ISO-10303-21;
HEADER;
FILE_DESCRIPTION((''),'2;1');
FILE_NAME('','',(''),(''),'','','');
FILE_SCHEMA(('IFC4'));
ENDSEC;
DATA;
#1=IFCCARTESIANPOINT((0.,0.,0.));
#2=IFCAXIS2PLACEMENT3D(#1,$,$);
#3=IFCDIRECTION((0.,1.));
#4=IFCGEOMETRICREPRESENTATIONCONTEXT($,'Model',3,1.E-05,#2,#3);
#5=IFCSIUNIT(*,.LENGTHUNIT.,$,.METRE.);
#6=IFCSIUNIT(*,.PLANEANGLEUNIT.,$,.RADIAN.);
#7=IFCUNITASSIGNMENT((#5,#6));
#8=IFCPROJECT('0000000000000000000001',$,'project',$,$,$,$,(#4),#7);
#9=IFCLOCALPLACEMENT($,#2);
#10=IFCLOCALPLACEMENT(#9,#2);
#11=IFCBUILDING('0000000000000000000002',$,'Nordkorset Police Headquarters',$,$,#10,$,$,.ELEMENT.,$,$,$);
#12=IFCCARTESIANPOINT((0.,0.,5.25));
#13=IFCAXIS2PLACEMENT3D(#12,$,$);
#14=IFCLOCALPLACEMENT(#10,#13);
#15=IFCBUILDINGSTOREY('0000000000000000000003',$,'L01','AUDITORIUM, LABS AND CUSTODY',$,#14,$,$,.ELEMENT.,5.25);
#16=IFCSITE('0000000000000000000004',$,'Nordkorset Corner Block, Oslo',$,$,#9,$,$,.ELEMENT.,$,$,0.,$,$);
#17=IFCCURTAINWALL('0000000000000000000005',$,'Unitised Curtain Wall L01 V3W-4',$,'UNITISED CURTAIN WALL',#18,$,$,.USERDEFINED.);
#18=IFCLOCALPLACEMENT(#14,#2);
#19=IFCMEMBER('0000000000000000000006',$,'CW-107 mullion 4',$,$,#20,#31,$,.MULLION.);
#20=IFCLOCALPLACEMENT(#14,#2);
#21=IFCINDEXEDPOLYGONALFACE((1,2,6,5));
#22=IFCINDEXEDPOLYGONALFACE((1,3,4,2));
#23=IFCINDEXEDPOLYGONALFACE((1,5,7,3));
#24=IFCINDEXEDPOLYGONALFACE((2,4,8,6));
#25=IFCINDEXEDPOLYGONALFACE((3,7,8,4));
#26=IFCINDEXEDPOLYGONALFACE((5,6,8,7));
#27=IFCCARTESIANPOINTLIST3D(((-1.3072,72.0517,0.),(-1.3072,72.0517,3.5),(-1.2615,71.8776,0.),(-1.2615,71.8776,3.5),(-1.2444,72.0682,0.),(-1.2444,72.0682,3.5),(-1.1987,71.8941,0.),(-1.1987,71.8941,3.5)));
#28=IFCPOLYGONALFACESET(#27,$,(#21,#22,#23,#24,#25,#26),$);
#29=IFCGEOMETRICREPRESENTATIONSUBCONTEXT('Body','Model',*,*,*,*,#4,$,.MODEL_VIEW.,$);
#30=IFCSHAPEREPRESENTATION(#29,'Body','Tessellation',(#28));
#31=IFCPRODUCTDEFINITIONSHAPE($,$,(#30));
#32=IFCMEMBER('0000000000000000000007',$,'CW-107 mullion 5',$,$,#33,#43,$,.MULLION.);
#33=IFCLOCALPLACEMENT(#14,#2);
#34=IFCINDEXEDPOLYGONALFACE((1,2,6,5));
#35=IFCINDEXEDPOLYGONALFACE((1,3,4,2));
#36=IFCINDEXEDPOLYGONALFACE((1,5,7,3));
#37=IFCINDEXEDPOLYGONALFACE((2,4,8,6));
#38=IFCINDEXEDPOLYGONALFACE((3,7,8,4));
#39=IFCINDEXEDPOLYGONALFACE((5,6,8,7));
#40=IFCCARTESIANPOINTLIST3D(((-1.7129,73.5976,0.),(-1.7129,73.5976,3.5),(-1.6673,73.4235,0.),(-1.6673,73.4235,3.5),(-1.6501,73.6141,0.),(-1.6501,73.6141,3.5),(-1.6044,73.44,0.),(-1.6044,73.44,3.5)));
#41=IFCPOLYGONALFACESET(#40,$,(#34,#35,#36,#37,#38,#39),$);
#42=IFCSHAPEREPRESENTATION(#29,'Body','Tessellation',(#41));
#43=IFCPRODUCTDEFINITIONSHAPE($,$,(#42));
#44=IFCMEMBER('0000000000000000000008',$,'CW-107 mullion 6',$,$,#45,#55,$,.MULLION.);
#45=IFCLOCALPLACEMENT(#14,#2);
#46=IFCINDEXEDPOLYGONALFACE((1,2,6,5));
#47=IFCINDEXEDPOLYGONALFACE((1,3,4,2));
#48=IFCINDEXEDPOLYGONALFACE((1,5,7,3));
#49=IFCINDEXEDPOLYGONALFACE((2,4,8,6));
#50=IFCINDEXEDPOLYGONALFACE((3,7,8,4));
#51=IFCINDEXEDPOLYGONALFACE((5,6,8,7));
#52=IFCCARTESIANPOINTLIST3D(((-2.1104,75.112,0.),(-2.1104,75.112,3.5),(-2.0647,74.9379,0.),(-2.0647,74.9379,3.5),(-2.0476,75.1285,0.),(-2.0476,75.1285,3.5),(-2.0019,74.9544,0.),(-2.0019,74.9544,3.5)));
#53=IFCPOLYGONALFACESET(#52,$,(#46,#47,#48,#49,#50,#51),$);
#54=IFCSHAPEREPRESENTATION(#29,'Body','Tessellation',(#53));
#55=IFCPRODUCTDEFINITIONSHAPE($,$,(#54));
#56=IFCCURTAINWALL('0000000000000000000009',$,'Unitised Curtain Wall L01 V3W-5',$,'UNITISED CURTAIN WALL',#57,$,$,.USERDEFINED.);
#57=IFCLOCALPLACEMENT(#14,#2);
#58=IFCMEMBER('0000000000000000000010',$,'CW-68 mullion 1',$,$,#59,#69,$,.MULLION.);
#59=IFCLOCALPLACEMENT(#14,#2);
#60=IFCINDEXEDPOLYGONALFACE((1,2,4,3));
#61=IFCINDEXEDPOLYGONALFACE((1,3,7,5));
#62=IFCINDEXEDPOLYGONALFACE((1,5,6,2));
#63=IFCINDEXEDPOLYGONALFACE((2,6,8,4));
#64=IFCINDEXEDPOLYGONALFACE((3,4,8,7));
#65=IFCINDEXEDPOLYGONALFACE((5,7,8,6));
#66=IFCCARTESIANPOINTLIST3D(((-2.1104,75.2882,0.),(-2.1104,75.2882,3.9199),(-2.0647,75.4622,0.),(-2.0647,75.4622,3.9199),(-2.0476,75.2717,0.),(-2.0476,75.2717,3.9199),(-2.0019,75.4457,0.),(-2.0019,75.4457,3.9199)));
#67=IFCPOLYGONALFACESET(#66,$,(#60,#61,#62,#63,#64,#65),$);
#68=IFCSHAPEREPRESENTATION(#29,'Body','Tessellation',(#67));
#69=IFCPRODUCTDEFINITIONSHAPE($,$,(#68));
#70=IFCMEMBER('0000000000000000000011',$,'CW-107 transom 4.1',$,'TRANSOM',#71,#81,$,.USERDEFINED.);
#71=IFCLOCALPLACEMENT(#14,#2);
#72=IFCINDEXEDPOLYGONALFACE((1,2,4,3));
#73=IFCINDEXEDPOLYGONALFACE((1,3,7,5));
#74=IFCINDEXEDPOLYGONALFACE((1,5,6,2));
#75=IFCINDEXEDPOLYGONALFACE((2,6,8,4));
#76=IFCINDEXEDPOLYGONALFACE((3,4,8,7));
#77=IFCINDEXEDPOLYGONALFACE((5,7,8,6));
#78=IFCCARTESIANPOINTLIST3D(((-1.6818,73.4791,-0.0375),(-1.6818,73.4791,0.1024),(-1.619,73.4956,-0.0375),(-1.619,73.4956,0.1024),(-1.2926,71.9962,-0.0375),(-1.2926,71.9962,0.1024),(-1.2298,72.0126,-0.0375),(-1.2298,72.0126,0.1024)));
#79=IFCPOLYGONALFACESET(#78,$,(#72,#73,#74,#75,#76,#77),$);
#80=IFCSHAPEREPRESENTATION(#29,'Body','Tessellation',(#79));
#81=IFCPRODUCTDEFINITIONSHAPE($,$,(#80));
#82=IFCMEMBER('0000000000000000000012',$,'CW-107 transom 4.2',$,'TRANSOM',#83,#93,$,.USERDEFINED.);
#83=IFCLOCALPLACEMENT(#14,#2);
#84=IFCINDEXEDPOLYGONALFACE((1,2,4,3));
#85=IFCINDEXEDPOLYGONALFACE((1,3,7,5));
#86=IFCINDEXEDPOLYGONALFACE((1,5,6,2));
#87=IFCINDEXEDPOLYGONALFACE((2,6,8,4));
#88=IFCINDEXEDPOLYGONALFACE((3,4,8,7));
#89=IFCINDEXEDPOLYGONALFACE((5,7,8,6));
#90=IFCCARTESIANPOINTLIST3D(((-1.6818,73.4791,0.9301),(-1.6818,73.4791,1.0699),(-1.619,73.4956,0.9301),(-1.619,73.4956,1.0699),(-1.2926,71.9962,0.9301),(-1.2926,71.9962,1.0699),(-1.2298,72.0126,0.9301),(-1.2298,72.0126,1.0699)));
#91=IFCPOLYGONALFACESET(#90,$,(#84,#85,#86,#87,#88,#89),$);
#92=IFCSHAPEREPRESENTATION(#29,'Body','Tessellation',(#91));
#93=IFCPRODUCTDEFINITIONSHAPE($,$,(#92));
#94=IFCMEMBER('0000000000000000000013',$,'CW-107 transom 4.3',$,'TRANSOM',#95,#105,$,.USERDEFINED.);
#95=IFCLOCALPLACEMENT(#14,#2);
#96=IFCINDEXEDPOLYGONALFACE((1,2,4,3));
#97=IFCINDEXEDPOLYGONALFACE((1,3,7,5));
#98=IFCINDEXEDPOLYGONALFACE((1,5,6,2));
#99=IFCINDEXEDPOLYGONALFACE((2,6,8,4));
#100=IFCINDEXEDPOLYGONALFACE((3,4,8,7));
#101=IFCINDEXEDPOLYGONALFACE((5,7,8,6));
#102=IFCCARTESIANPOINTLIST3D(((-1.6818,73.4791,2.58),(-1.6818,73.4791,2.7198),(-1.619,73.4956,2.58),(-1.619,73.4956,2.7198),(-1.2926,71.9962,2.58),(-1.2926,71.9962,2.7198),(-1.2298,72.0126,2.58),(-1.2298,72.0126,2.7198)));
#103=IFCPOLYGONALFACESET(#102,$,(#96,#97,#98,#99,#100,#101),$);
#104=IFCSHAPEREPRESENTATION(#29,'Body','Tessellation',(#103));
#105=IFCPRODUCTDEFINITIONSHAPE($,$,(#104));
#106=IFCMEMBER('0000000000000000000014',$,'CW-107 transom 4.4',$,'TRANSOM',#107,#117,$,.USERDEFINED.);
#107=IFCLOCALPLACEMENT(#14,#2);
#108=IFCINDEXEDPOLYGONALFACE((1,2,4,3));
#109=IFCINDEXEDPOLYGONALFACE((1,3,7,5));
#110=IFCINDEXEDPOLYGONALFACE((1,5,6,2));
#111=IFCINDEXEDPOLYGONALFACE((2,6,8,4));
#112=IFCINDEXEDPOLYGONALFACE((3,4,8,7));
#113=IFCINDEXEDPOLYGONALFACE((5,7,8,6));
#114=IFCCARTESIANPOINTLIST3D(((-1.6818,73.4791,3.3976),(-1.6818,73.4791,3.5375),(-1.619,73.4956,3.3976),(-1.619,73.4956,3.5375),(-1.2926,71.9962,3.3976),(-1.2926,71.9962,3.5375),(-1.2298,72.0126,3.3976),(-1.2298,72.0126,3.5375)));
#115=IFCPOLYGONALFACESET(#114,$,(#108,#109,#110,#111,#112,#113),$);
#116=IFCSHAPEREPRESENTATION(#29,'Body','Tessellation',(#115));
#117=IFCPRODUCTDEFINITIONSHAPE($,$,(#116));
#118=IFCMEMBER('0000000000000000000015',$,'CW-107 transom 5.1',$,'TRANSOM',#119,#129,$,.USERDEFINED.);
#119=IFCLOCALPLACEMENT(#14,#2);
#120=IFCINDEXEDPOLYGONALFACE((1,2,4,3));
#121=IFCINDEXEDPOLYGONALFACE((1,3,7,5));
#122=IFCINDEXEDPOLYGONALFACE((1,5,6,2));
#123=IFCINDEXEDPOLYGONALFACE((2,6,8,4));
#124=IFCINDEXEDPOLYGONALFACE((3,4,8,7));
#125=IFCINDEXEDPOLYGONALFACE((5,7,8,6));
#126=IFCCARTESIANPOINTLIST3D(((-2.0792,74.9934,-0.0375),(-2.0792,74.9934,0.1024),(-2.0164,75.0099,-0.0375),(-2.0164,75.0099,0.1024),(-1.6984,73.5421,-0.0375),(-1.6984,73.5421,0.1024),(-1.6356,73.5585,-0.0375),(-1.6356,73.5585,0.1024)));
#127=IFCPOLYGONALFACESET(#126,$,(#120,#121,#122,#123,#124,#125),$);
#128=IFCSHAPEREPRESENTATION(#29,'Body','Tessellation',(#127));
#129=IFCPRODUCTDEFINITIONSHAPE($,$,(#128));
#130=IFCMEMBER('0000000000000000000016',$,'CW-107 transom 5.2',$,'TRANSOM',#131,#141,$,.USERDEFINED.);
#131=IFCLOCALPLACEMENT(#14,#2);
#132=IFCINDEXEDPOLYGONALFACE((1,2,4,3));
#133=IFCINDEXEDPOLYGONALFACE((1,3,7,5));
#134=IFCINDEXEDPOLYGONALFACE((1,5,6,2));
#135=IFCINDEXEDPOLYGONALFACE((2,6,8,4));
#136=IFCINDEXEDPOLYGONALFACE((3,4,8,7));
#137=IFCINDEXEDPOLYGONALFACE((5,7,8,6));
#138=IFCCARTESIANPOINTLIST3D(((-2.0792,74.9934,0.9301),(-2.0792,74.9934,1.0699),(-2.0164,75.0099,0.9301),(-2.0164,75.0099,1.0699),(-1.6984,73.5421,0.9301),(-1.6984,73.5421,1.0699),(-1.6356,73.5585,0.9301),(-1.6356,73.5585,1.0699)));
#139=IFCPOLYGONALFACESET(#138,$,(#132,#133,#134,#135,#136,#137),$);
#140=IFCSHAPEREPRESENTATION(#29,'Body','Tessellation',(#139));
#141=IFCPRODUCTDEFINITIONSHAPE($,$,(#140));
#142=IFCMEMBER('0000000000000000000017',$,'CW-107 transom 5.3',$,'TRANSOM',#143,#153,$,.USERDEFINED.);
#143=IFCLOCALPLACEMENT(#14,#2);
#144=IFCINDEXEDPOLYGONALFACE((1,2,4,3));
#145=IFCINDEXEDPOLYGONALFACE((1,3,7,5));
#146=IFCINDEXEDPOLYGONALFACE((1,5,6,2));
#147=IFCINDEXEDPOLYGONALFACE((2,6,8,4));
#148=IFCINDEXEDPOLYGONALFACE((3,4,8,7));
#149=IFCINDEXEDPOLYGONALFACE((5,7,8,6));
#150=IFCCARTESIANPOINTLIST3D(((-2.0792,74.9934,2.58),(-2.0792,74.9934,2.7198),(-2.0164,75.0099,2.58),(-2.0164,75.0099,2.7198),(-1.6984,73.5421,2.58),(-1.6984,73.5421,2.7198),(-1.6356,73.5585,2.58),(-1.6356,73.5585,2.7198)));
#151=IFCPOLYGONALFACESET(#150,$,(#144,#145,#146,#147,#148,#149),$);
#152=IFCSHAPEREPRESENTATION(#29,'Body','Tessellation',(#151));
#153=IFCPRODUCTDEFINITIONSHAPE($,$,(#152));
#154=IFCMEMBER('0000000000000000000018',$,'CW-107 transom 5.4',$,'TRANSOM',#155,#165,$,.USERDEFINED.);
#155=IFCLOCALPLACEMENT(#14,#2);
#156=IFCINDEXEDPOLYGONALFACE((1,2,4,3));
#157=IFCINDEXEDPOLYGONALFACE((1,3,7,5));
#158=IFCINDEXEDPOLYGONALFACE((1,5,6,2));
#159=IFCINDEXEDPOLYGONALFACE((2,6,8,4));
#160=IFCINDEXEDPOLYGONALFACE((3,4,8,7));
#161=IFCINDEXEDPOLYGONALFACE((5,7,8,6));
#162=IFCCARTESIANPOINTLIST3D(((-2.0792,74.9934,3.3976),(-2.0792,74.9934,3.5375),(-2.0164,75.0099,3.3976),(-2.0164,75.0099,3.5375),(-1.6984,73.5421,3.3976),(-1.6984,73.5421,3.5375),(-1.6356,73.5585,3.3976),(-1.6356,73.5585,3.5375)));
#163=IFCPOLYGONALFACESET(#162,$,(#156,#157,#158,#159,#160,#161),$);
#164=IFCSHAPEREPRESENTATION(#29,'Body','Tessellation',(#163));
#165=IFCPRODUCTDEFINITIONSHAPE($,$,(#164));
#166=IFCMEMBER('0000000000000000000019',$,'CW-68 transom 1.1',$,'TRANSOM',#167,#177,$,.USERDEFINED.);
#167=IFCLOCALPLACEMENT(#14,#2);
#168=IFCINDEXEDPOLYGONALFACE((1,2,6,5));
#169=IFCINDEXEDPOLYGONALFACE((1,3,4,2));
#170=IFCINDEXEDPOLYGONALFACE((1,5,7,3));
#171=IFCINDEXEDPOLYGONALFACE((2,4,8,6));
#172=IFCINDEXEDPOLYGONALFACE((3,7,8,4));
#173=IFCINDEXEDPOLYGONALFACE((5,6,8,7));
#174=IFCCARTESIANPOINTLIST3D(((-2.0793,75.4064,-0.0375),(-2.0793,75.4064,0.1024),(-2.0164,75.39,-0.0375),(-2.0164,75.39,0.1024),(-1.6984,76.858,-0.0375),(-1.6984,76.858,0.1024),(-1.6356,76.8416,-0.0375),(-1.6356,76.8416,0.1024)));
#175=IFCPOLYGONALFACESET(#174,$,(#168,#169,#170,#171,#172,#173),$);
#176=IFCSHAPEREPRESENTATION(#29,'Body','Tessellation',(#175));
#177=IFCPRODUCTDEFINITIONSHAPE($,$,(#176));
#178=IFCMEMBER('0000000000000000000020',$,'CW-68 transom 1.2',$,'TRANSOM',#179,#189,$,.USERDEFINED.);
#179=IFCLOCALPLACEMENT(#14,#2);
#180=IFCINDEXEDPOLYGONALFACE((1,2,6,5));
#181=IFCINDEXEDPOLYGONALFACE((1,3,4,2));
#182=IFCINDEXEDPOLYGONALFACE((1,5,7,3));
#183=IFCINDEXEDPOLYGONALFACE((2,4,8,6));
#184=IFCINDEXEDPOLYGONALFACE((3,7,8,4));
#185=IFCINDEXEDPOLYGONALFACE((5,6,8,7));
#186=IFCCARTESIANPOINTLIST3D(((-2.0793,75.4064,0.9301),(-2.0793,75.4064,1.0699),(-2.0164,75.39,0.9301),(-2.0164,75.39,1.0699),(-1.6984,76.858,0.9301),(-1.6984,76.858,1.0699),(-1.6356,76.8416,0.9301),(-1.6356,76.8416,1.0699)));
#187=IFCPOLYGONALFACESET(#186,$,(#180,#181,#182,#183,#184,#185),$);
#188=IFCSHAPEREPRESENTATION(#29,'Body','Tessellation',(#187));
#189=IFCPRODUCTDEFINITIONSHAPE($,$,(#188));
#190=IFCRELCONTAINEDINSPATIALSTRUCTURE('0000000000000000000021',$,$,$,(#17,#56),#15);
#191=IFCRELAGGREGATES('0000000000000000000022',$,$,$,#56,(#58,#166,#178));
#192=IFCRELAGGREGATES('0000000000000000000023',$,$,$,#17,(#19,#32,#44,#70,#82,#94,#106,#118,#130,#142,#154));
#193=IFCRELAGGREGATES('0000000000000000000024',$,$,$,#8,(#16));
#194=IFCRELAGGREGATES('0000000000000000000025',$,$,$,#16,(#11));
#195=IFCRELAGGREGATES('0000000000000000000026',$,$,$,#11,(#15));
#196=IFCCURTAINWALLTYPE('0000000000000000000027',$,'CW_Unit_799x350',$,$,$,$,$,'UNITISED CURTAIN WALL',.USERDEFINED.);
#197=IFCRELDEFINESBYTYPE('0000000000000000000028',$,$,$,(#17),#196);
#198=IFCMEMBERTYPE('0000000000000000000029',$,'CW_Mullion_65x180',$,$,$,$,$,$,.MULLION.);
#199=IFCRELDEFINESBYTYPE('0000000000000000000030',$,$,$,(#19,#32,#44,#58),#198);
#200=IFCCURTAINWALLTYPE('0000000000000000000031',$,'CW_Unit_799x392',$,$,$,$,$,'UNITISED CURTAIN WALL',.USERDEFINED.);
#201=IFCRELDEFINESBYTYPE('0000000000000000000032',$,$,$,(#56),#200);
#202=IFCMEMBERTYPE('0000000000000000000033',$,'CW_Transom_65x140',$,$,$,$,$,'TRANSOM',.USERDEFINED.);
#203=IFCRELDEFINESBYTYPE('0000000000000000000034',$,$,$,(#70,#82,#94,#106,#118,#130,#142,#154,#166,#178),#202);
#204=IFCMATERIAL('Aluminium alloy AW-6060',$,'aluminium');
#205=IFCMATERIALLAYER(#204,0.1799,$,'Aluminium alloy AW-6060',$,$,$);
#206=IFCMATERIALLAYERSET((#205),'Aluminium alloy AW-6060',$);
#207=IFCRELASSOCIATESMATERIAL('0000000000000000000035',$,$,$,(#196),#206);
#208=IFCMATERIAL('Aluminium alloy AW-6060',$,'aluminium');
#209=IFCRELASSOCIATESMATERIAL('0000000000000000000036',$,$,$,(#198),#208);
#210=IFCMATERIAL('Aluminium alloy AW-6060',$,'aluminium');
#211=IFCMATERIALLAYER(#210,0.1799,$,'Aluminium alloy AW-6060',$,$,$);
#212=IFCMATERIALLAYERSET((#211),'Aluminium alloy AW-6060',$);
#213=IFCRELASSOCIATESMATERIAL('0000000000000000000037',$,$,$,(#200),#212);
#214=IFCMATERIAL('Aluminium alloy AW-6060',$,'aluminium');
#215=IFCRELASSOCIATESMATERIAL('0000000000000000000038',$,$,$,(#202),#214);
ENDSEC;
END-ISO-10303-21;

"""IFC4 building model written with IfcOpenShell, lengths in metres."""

from ifc_helpers import new_model, si_unit, direction, frame, origin, origin_2d, place, context, subcontext, project, spatial, rectangle, extrude, material, layer, layer_set, material_profile, profile_set, type_object, element, aggregate, save


model = new_model("IFC4")

# Units and contexts
model_context = context("Model", 3, precision=1e-05, world=origin(), true_north=direction((0.0, 1.0)))
body_context = subcontext(model_context, "Body", "Model", "MODEL_VIEW")
ifc_project = project(units=[si_unit("LENGTHUNIT", "METRE"), si_unit("PLANEANGLEUNIT", "RADIAN")], contexts=[model_context])

# Site, building, storey
site_placement = place(None, origin())
site = spatial("IfcSite", under=ifc_project, at=site_placement, Name="Nordkorset Corner Block, Oslo", CompositionType="ELEMENT", RefElevation=0.0)
building_placement = place(site_placement, origin())
building = spatial("IfcBuilding", under=site, at=building_placement, Name="Nordkorset Police Headquarters", CompositionType="ELEMENT")
storey_placement = place(building_placement, frame((0.0, 0.0, 5.25)))
storey = spatial("IfcBuildingStorey", under=building, at=storey_placement, Name="L01", Description="AUDITORIUM, LABS AND CUSTODY", CompositionType="ELEMENT", Elevation=5.25)

# Curtain wall, members
ifc_material_1 = material(Name="Aluminium alloy AW-6060", Category="aluminium")
ifc_layer_1 = layer(ifc_material_1, 0.1799, Name="Aluminium alloy AW-6060")
ifc_layer_set_1 = layer_set([ifc_layer_1], Name="Aluminium alloy AW-6060")
curtain_wall_type_1 = type_object("IfcCurtainWallType", Name="CW_Unit_799x350", ElementType="UNITISED CURTAIN WALL", PredefinedType="USERDEFINED", material=ifc_layer_set_1)
curtain_wall_1_placement = place(storey_placement, origin())
curtain_wall_1 = element("IfcCurtainWall", 1, at=curtain_wall_1_placement, inside=storey, type_object=curtain_wall_type_1, Name="Unitised Curtain Wall L01 V3W-4", ObjectType="UNITISED CURTAIN WALL", PredefinedType="USERDEFINED")
ifc_material_2 = material(Name="Aluminium alloy AW-6060", Category="aluminium")
ifc_material_profile_1 = material_profile(ifc_material_2, rectangle(XDim=0.0649, YDim=0.1799, at=origin_2d()), Name="ALU MULL 65x180")
ifc_profile_set_1 = profile_set([ifc_material_profile_1], Name="Aluminium alloy AW-6060")
member_type_1 = type_object("IfcMemberType", Name="CW_Mullion_65x180", PredefinedType="MULLION", material=ifc_profile_set_1)
member_1_placement = place(storey_placement, frame((-1.2529, 71.9729, 0.0), z_axis=(0.0, 0.0, 1.0), x_axis=(-0.967231, -0.253897, 0.0)))
member_1 = element("IfcMember", 2, at=member_1_placement, type_object=member_type_1, Name="CW-107 mullion 4", PredefinedType="MULLION", context=body_context, shape_type="SweptSolid", body=[
    extrude(rectangle(XDim=0.0649, YDim=0.1799, at=origin_2d()), origin(), (0.0, 0.0, 1.0), 3.5),
])
member_2_placement = place(storey_placement, frame((-1.6587, 73.5188, 0.0), z_axis=(0.0, 0.0, 1.0), x_axis=(-0.967231, -0.253897, 0.0)))
member_2 = element("IfcMember", 3, at=member_2_placement, type_object=member_type_1, Name="CW-107 mullion 5", PredefinedType="MULLION", context=body_context, shape_type="SweptSolid", body=[
    extrude(rectangle(XDim=0.0649, YDim=0.1799, at=origin_2d()), origin(), (0.0, 0.0, 1.0), 3.5),
])
member_3_placement = place(storey_placement, frame((-2.0562, 75.0332, 0.0), z_axis=(0.0, 0.0, 1.0), x_axis=(-0.967231, -0.253897, 0.0)))
member_3 = element("IfcMember", 4, at=member_3_placement, type_object=member_type_1, Name="CW-107 mullion 6", PredefinedType="MULLION", context=body_context, shape_type="SweptSolid", body=[
    extrude(rectangle(XDim=0.0649, YDim=0.1799, at=origin_2d()), origin(), (0.0, 0.0, 1.0), 3.5),
])

# Curtain wall, member
ifc_material_3 = material(Name="Aluminium alloy AW-6060", Category="aluminium")
ifc_layer_2 = layer(ifc_material_3, 0.1799, Name="Aluminium alloy AW-6060")
ifc_layer_set_2 = layer_set([ifc_layer_2], Name="Aluminium alloy AW-6060")
curtain_wall_type_2 = type_object("IfcCurtainWallType", Name="CW_Unit_799x392", ElementType="UNITISED CURTAIN WALL", PredefinedType="USERDEFINED", material=ifc_layer_set_2)
curtain_wall_2_placement = place(storey_placement, origin())
curtain_wall_2 = element("IfcCurtainWall", 5, at=curtain_wall_2_placement, inside=storey, type_object=curtain_wall_type_2, Name="Unitised Curtain Wall L01 V3W-5", ObjectType="UNITISED CURTAIN WALL", PredefinedType="USERDEFINED")
member_4_placement = place(storey_placement, frame((-2.0562, 75.3669, 0.0), z_axis=(0.0, 0.0, 1.0), x_axis=(-0.967231, 0.253897, 0.0)))
member_4 = element("IfcMember", 6, at=member_4_placement, type_object=member_type_1, Name="CW-68 mullion 1", PredefinedType="MULLION", context=body_context, shape_type="SweptSolid", body=[
    extrude(rectangle(XDim=0.0649, YDim=0.1799, at=origin_2d()), origin(), (0.0, 0.0, 1.0), 3.9199),
])

# Members
ifc_material_4 = material(Name="Aluminium alloy AW-6060", Category="aluminium")
ifc_material_profile_2 = material_profile(ifc_material_4, rectangle(XDim=0.0649, YDim=0.1399, at=origin_2d()), Name="ALU TRAN 65x140")
ifc_profile_set_2 = profile_set([ifc_material_profile_2], Name="Aluminium alloy AW-6060")
member_type_2 = type_object("IfcMemberType", Name="CW_Transom_65x140", ElementType="TRANSOM", PredefinedType="USERDEFINED", material=ifc_profile_set_2)
member_5_placement = place(storey_placement, frame((-1.2612, 72.0044, 0.0325), z_axis=(-0.253835, 0.967248, 0.0), x_axis=(-0.967248, -0.253835, 0.0)))
member_5 = element("IfcMember", 7, at=member_5_placement, type_object=member_type_2, Name="CW-107 transom 4.1", ObjectType="TRANSOM", PredefinedType="USERDEFINED", context=body_context, shape_type="SweptSolid", body=[
    extrude(rectangle(XDim=0.0649, YDim=0.1399, at=origin_2d()), origin(), (0.0, 0.0, 1.0), 1.5332),
])
member_6_placement = place(storey_placement, frame((-1.2612, 72.0044, 1.0), z_axis=(-0.253835, 0.967248, 0.0), x_axis=(-0.967248, -0.253835, 0.0)))
member_6 = element("IfcMember", 8, at=member_6_placement, type_object=member_type_2, Name="CW-107 transom 4.2", ObjectType="TRANSOM", PredefinedType="USERDEFINED", context=body_context, shape_type="SweptSolid", body=[
    extrude(rectangle(XDim=0.0649, YDim=0.1399, at=origin_2d()), origin(), (0.0, 0.0, 1.0), 1.5332),
])
member_7_placement = place(storey_placement, frame((-1.2612, 72.0044, 2.6499), z_axis=(-0.253835, 0.967248, 0.0), x_axis=(-0.967248, -0.253835, 0.0)))
member_7 = element("IfcMember", 9, at=member_7_placement, type_object=member_type_2, Name="CW-107 transom 4.3", ObjectType="TRANSOM", PredefinedType="USERDEFINED", context=body_context, shape_type="SweptSolid", body=[
    extrude(rectangle(XDim=0.0649, YDim=0.1399, at=origin_2d()), origin(), (0.0, 0.0, 1.0), 1.5332),
])
member_8_placement = place(storey_placement, frame((-1.2612, 72.0044, 3.4675), z_axis=(-0.253835, 0.967248, 0.0), x_axis=(-0.967248, -0.253835, 0.0)))
member_8 = element("IfcMember", 10, at=member_8_placement, type_object=member_type_2, Name="CW-107 transom 4.4", ObjectType="TRANSOM", PredefinedType="USERDEFINED", context=body_context, shape_type="SweptSolid", body=[
    extrude(rectangle(XDim=0.0649, YDim=0.1399, at=origin_2d()), origin(), (0.0, 0.0, 1.0), 1.5332),
])
member_9_placement = place(storey_placement, frame((-1.667, 73.5503, 0.0325), z_axis=(-0.253813, 0.967253, 0.0), x_axis=(-0.967253, -0.253813, 0.0)))
member_9 = element("IfcMember", 11, at=member_9_placement, type_object=member_type_2, Name="CW-107 transom 5.1", ObjectType="TRANSOM", PredefinedType="USERDEFINED", context=body_context, shape_type="SweptSolid", body=[
    extrude(rectangle(XDim=0.0649, YDim=0.1399, at=origin_2d()), origin(), (0.0, 0.0, 1.0), 1.5005),
])
member_10_placement = place(storey_placement, frame((-1.667, 73.5503, 1.0), z_axis=(-0.253813, 0.967253, 0.0), x_axis=(-0.967253, -0.253813, 0.0)))
member_10 = element("IfcMember", 12, at=member_10_placement, type_object=member_type_2, Name="CW-107 transom 5.2", ObjectType="TRANSOM", PredefinedType="USERDEFINED", context=body_context, shape_type="SweptSolid", body=[
    extrude(rectangle(XDim=0.0649, YDim=0.1399, at=origin_2d()), origin(), (0.0, 0.0, 1.0), 1.5005),
])
member_11_placement = place(storey_placement, frame((-1.667, 73.5503, 2.6499), z_axis=(-0.253813, 0.967253, 0.0), x_axis=(-0.967253, -0.253813, 0.0)))
member_11 = element("IfcMember", 13, at=member_11_placement, type_object=member_type_2, Name="CW-107 transom 5.3", ObjectType="TRANSOM", PredefinedType="USERDEFINED", context=body_context, shape_type="SweptSolid", body=[
    extrude(rectangle(XDim=0.0649, YDim=0.1399, at=origin_2d()), origin(), (0.0, 0.0, 1.0), 1.5005),
])
member_12_placement = place(storey_placement, frame((-1.667, 73.5503, 3.4675), z_axis=(-0.253813, 0.967253, 0.0), x_axis=(-0.967253, -0.253813, 0.0)))
member_12 = element("IfcMember", 14, at=member_12_placement, type_object=member_type_2, Name="CW-107 transom 5.4", ObjectType="TRANSOM", PredefinedType="USERDEFINED", context=body_context, shape_type="SweptSolid", body=[
    extrude(rectangle(XDim=0.0649, YDim=0.1399, at=origin_2d()), origin(), (0.0, 0.0, 1.0), 1.5005),
])
member_13_placement = place(storey_placement, frame((-2.0479, 75.3982, 0.0325), z_axis=(0.253773, 0.967264, 0.0), x_axis=(-0.967264, 0.253773, 0.0)))
member_13 = element("IfcMember", 15, at=member_13_placement, type_object=member_type_2, Name="CW-68 transom 1.1", ObjectType="TRANSOM", PredefinedType="USERDEFINED", context=body_context, shape_type="SweptSolid", body=[
    extrude(rectangle(XDim=0.0649, YDim=0.1399, at=origin_2d()), origin(), (0.0, 0.0, 1.0), 1.5007),
])
member_14_placement = place(storey_placement, frame((-2.0479, 75.3982, 1.0), z_axis=(0.253773, 0.967264, 0.0), x_axis=(-0.967264, 0.253773, 0.0)))
member_14 = element("IfcMember", 16, at=member_14_placement, type_object=member_type_2, Name="CW-68 transom 1.2", ObjectType="TRANSOM", PredefinedType="USERDEFINED", context=body_context, shape_type="SweptSolid", body=[
    extrude(rectangle(XDim=0.0649, YDim=0.1399, at=origin_2d()), origin(), (0.0, 0.0, 1.0), 1.5007),
])
aggregate(curtain_wall_2, [member_4, member_13, member_14])

aggregate(curtain_wall_1, [member_1, member_2, member_3, member_5, member_6, member_7, member_8, member_9, member_10, member_11, member_12])

save(model, "model.ifc")
